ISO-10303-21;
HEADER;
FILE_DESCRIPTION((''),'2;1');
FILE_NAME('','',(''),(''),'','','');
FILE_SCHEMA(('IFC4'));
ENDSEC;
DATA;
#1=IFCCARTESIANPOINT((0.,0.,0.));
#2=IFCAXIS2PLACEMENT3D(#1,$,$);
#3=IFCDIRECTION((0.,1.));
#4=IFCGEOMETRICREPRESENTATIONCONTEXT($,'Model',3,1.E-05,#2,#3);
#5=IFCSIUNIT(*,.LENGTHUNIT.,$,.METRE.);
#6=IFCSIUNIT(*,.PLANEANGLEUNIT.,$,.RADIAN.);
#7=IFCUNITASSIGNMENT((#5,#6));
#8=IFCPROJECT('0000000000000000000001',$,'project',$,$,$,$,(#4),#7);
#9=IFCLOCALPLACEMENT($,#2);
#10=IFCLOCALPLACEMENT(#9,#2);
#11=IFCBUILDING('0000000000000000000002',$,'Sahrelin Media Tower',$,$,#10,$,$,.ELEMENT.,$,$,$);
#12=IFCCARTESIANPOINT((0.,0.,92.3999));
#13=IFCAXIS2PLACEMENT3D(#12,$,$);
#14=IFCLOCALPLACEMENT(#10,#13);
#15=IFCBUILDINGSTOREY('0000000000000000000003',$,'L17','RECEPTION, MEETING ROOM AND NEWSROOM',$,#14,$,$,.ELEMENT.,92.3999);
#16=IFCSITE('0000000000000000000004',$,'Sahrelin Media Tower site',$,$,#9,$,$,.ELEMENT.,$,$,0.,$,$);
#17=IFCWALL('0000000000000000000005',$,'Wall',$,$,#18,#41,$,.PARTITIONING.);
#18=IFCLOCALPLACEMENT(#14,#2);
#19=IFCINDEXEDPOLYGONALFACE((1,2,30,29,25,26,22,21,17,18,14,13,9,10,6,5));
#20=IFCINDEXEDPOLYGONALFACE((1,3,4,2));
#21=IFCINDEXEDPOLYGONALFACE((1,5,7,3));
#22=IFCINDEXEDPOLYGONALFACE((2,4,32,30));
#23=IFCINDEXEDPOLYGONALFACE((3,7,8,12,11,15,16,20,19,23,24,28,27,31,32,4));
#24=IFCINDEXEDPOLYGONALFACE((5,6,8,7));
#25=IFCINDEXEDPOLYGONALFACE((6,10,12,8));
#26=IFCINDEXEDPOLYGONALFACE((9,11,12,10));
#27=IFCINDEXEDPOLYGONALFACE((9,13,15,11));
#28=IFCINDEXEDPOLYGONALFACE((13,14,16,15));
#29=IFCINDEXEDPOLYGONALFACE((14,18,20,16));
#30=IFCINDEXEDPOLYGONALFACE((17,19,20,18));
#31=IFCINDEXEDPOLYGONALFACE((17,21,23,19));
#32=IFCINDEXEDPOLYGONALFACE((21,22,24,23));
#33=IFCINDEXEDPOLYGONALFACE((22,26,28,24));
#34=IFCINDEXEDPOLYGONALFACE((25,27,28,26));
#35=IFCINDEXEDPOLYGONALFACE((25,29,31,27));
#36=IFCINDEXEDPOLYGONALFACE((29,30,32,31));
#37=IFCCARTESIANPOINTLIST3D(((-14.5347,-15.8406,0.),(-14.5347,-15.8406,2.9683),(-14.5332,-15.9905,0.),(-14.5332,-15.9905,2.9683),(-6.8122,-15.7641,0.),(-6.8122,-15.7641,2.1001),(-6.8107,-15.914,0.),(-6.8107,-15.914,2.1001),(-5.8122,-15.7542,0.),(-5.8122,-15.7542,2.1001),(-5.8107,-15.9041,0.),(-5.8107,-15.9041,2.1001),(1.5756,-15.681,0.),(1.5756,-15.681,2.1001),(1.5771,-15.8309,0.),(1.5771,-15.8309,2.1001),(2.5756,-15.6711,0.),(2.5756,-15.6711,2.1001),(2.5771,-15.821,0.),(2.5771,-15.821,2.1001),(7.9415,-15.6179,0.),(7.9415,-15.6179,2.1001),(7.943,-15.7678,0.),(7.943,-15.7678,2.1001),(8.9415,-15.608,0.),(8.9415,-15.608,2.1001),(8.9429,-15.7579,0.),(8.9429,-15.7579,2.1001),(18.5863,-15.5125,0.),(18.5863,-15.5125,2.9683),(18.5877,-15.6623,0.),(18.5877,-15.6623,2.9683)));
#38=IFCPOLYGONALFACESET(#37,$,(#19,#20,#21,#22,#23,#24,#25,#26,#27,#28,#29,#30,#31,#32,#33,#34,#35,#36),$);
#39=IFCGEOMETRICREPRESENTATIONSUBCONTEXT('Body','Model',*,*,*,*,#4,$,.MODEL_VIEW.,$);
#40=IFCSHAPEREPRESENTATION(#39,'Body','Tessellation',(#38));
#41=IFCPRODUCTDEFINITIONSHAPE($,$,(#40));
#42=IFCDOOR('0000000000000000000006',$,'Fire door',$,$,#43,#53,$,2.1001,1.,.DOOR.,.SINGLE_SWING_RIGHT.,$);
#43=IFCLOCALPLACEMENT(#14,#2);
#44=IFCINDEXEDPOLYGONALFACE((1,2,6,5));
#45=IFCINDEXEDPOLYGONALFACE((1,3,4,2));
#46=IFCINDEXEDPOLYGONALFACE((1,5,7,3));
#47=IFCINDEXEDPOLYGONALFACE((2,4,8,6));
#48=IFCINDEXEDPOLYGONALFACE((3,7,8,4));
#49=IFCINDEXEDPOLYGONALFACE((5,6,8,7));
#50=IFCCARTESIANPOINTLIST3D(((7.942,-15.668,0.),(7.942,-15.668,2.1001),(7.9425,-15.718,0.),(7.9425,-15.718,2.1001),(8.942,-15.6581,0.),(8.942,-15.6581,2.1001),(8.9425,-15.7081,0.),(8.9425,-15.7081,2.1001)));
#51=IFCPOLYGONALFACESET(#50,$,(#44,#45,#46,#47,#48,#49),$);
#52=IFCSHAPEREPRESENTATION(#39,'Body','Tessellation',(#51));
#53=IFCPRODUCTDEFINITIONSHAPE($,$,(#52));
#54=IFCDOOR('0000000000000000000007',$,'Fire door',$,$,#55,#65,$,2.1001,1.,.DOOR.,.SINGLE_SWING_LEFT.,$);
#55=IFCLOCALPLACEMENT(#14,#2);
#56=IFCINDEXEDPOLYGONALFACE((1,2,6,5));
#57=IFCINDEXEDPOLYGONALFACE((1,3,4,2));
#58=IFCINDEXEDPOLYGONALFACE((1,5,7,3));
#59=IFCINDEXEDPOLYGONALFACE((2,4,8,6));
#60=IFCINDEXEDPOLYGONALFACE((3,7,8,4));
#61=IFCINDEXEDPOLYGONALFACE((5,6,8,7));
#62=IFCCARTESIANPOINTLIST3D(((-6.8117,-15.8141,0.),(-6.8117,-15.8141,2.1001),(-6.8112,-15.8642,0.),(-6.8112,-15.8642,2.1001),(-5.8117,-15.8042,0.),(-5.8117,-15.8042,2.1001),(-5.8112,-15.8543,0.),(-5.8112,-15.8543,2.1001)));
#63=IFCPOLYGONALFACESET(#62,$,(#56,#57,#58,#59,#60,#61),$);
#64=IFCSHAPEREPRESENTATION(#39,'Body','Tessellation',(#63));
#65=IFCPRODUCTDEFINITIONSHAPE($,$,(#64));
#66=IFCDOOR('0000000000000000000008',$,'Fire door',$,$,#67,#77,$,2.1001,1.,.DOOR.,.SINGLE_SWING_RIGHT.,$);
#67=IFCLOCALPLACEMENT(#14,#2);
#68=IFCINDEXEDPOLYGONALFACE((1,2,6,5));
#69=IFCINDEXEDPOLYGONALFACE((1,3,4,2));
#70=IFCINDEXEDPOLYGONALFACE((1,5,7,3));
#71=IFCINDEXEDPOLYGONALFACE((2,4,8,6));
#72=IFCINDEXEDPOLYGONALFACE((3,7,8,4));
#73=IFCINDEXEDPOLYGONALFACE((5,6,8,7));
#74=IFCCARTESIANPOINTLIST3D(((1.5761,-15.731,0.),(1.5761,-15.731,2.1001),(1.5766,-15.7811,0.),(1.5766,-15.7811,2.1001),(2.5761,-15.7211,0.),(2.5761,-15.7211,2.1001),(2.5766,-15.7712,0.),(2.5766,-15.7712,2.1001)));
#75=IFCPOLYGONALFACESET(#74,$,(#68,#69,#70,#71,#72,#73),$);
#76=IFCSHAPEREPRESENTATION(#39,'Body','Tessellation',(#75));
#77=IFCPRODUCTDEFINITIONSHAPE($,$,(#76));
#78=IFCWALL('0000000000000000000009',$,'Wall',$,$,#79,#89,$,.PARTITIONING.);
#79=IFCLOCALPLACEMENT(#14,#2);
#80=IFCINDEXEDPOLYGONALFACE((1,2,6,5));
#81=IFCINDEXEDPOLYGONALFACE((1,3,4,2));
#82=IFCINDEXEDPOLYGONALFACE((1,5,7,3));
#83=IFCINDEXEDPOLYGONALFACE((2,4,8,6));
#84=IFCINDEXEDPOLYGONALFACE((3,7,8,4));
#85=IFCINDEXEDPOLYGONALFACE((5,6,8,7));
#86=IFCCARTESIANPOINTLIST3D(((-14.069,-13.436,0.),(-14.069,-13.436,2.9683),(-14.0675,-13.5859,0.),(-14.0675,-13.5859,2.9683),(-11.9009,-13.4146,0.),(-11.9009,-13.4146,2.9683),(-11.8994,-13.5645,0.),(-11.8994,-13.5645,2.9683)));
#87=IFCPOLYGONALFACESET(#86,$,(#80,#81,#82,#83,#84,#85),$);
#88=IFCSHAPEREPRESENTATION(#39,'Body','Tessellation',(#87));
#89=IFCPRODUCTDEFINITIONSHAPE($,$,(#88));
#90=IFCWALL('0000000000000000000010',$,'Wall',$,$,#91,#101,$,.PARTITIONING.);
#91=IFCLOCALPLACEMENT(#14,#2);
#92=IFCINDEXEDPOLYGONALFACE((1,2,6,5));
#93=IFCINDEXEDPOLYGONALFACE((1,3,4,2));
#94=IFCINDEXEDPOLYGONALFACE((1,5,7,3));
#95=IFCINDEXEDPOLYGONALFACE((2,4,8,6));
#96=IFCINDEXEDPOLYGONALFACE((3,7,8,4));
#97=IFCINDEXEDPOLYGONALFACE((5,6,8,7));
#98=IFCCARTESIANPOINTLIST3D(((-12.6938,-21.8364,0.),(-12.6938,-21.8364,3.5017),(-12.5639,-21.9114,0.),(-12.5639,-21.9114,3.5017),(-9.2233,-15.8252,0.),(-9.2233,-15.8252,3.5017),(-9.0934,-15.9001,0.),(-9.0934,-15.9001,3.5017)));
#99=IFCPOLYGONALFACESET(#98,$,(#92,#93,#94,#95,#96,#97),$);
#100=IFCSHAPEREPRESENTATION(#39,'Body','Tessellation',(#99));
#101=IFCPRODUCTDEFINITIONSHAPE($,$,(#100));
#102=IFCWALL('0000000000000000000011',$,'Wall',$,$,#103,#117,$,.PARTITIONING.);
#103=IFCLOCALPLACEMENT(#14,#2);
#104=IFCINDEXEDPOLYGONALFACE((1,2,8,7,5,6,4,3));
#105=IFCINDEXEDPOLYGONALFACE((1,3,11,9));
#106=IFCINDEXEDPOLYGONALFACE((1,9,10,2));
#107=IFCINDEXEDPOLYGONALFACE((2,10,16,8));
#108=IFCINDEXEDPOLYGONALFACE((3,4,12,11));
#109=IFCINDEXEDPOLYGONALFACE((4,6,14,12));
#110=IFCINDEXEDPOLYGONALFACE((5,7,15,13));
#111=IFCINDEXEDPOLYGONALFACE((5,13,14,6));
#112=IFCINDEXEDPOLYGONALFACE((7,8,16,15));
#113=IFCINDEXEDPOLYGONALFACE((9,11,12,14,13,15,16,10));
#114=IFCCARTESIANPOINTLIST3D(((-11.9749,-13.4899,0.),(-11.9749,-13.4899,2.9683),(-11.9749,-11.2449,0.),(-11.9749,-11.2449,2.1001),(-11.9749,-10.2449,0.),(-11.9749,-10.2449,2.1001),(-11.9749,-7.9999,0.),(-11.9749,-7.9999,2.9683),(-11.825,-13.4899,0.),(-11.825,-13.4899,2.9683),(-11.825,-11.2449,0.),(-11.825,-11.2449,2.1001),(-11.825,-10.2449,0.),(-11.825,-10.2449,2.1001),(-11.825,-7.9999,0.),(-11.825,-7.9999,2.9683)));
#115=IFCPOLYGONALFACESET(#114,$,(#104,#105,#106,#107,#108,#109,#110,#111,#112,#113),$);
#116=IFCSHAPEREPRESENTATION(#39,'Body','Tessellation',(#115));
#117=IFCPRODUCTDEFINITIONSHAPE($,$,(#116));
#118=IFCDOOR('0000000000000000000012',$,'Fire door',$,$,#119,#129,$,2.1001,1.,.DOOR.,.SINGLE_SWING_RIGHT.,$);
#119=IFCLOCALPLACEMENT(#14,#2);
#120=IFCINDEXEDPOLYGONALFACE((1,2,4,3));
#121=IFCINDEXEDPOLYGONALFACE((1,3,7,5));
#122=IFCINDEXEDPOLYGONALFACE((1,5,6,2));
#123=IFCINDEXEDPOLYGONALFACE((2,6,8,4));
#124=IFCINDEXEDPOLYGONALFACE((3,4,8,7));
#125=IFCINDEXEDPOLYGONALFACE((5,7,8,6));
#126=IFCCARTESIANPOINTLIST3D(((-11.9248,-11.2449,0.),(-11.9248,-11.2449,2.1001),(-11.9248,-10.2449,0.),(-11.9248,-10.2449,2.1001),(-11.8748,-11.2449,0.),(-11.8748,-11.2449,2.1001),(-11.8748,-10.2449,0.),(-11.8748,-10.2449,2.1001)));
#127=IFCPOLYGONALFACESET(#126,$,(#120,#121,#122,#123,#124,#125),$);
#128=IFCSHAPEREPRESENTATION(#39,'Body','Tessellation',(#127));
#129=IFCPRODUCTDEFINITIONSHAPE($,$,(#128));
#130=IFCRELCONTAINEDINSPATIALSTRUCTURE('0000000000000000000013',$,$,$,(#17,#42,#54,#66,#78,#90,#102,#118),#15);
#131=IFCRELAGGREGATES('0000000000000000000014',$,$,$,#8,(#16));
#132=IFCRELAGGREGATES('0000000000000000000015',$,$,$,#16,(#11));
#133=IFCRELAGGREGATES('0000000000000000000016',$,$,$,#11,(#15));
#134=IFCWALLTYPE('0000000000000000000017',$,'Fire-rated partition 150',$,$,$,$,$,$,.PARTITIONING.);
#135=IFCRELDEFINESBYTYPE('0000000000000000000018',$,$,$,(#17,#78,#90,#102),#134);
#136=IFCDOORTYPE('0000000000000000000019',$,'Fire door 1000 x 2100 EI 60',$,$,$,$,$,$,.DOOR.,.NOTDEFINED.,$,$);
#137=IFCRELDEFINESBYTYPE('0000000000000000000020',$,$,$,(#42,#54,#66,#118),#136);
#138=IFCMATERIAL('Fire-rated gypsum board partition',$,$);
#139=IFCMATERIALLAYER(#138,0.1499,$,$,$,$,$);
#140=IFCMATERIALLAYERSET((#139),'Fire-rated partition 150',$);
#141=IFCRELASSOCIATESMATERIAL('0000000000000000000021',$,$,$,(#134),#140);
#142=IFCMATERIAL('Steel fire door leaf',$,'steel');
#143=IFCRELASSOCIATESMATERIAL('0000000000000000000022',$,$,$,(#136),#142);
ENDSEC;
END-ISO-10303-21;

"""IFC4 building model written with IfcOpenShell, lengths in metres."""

from ifc_helpers import new_model, si_unit, direction, frame, frame_2d, origin, place, context, subcontext, project, spatial, rectangle, extrude, material, layer, layer_set, type_object, element, fill, save


model = new_model("IFC4")

# Units and contexts
model_context = context("Model", 3, precision=1e-05, world=origin(), true_north=direction((0.0, 1.0)))
body_context = subcontext(model_context, "Body", "Model", "MODEL_VIEW")
ifc_project = project(units=[si_unit("LENGTHUNIT", "METRE"), si_unit("PLANEANGLEUNIT", "RADIAN")], contexts=[model_context])

# Site, building, storey
site_placement = place(None, origin())
site = spatial("IfcSite", under=ifc_project, at=site_placement, Name="Sahrelin Media Tower site", CompositionType="ELEMENT", RefElevation=0.0)
building_placement = place(site_placement, origin())
building = spatial("IfcBuilding", under=site, at=building_placement, Name="Sahrelin Media Tower", CompositionType="ELEMENT")
storey_placement = place(building_placement, frame((0.0, 0.0, 92.3999)))
storey = spatial("IfcBuildingStorey", under=building, at=storey_placement, Name="L17", Description="RECEPTION, MEETING ROOM AND NEWSROOM", CompositionType="ELEMENT", Elevation=92.3999)

# Shared definitions
ifc_material_1 = material(Name="Fire-rated gypsum board partition")
ifc_layer_1 = layer(ifc_material_1, 0.1499)
ifc_layer_set_1 = layer_set([ifc_layer_1], Name="Fire-rated partition 150")
wall_type_1 = type_object("IfcWallType", Name="Fire-rated partition 150", PredefinedType="PARTITIONING", material=ifc_layer_set_1)

# Wall, openings, doors
wall_1_placement = place(storey_placement, frame((-14.5339, -15.9155, 0.0), z_axis=(0.0, 0.0, 1.0), x_axis=(0.999951, 0.009906, 0.0)))
wall_1 = element("IfcWall", 1, at=wall_1_placement, inside=storey, type_object=wall_type_1, Name="Wall", PredefinedType="PARTITIONING", context=body_context, shape_type="SweptSolid", body=[
    extrude(rectangle(XDim=33.1226, YDim=0.1499, at=frame_2d((16.5613, 0.0))), origin(), (0.0, 0.0, 1.0), 2.9683),
])
opening_1_placement = place(wall_1_placement, frame((22.4773, 0.0, 0.0)))
opening_1 = element("IfcOpeningElement", 2, at=opening_1_placement, cuts=wall_1, PredefinedType="OPENING", context=body_context, shape_type="SweptSolid", body=[
    extrude(rectangle(XDim=1.0, YDim=2.1001, at=frame_2d((0.5, 1.05))), frame((0.0, 0.075, 0.0), z_axis=(0.0, -1.0, 0.0), x_axis=(1.0, 0.0, 0.0)), (0.0, 0.0, 1.0), 0.1499),
])
opening_2_placement = place(wall_1_placement, frame((7.7229, 0.0, 0.0)))
opening_2 = element("IfcOpeningElement", 3, at=opening_2_placement, cuts=wall_1, PredefinedType="OPENING", context=body_context, shape_type="SweptSolid", body=[
    extrude(rectangle(XDim=1.0, YDim=2.1001, at=frame_2d((0.5, 1.05))), frame((0.0, 0.075, 0.0), z_axis=(0.0, -1.0, 0.0), x_axis=(1.0, 0.0, 0.0)), (0.0, 0.0, 1.0), 0.1499),
])
opening_3_placement = place(wall_1_placement, frame((16.1111, 0.0, 0.0)))
opening_3 = element("IfcOpeningElement", 4, at=opening_3_placement, cuts=wall_1, PredefinedType="OPENING", context=body_context, shape_type="SweptSolid", body=[
    extrude(rectangle(XDim=1.0, YDim=2.1001, at=frame_2d((0.5, 1.05))), frame((0.0, 0.075, 0.0), z_axis=(0.0, -1.0, 0.0), x_axis=(1.0, 0.0, 0.0)), (0.0, 0.0, 1.0), 0.1499),
])
ifc_material_2 = material(Name="Steel fire door leaf", Category="steel")
door_type_1 = type_object("IfcDoorType", Name="Fire door 1000 x 2100 EI 60", OperationType="NOTDEFINED", PredefinedType="DOOR", material=ifc_material_2)
door_1_placement = place(opening_1_placement, origin())
door_1 = element("IfcDoor", 5, at=door_1_placement, inside=storey, type_object=door_type_1, Name="Fire door", OperationType="SINGLE_SWING_RIGHT", OverallHeight=2.1001, OverallWidth=1.0, PredefinedType="DOOR", context=body_context, shape_type="SweptSolid", body=[
    extrude(rectangle(XDim=1.0, YDim=2.1001, at=frame_2d((0.5, 1.05))), frame((0.0, 0.0249, 0.0), z_axis=(0.0, -1.0, 0.0), x_axis=(1.0, 0.0, 0.0)), (0.0, 0.0, 1.0), 0.05),
])
fill(opening_1, door_1)
door_2_placement = place(opening_2_placement, origin())
door_2 = element("IfcDoor", 6, at=door_2_placement, inside=storey, type_object=door_type_1, Name="Fire door", OperationType="SINGLE_SWING_LEFT", OverallHeight=2.1001, OverallWidth=1.0, PredefinedType="DOOR", context=body_context, shape_type="SweptSolid", body=[
    extrude(rectangle(XDim=1.0, YDim=2.1001, at=frame_2d((0.5, 1.05))), frame((0.0, 0.0249, 0.0), z_axis=(0.0, -1.0, 0.0), x_axis=(1.0, 0.0, 0.0)), (0.0, 0.0, 1.0), 0.05),
])
fill(opening_2, door_2)
door_3_placement = place(opening_3_placement, origin())
door_3 = element("IfcDoor", 7, at=door_3_placement, inside=storey, type_object=door_type_1, Name="Fire door", OperationType="SINGLE_SWING_RIGHT", OverallHeight=2.1001, OverallWidth=1.0, PredefinedType="DOOR", context=body_context, shape_type="SweptSolid", body=[
    extrude(rectangle(XDim=1.0, YDim=2.1001, at=frame_2d((0.5, 1.05))), frame((0.0, 0.0249, 0.0), z_axis=(0.0, -1.0, 0.0), x_axis=(1.0, 0.0, 0.0)), (0.0, 0.0, 1.0), 0.05),
])
fill(opening_3, door_3)

# Walls
wall_2_placement = place(storey_placement, frame((-14.0681, -13.511, 0.0), z_axis=(0.0, 0.0, 1.0), x_axis=(0.999951, 0.009908, 0.0)))
element("IfcWall", 8, at=wall_2_placement, inside=storey, type_object=wall_type_1, Name="Wall", PredefinedType="PARTITIONING", context=body_context, shape_type="SweptSolid", body=[
    extrude(rectangle(XDim=2.1682, YDim=0.1499, at=frame_2d((1.084, 0.0))), origin(), (0.0, 0.0, 1.0), 2.9683),
])
wall_3_placement = place(storey_placement, frame((-12.6289, -21.874, 0.0), z_axis=(0.0, 0.0, 1.0), x_axis=(0.499986, 0.866033, 0.0)))
element("IfcWall", 9, at=wall_3_placement, inside=storey, type_object=wall_type_1, Name="Wall", PredefinedType="PARTITIONING", context=body_context, shape_type="SweptSolid", body=[
    extrude(rectangle(XDim=6.9412, YDim=0.1499, at=frame_2d((3.4707, 0.0))), origin(), (0.0, 0.0, 1.0), 3.5017),
])

# Wall, opening, door
wall_4_placement = place(storey_placement, frame((-11.8999, -13.49, 0.0), z_axis=(0.0, 0.0, 1.0), x_axis=(0.0, 1.0, 0.0)))
wall_4 = element("IfcWall", 10, at=wall_4_placement, inside=storey, type_object=wall_type_1, Name="Wall", PredefinedType="PARTITIONING", context=body_context, shape_type="SweptSolid", body=[
    extrude(rectangle(XDim=5.49, YDim=0.1499, at=frame_2d((2.7451, 0.0))), origin(), (0.0, 0.0, 1.0), 2.9683),
])
opening_4_placement = place(wall_4_placement, frame((2.2451, 0.0, 0.0)))
opening_4 = element("IfcOpeningElement", 11, at=opening_4_placement, cuts=wall_4, PredefinedType="OPENING", context=body_context, shape_type="SweptSolid", body=[
    extrude(rectangle(XDim=1.0, YDim=2.1001, at=frame_2d((0.5, 1.05))), frame((0.0, 0.075, 0.0), z_axis=(0.0, -1.0, 0.0), x_axis=(1.0, 0.0, 0.0)), (0.0, 0.0, 1.0), 0.1499),
])
door_4_placement = place(opening_4_placement, origin())
door_4 = element("IfcDoor", 12, at=door_4_placement, inside=storey, type_object=door_type_1, Name="Fire door", OperationType="SINGLE_SWING_RIGHT", OverallHeight=2.1001, OverallWidth=1.0, PredefinedType="DOOR", context=body_context, shape_type="SweptSolid", body=[
    extrude(rectangle(XDim=1.0, YDim=2.1001, at=frame_2d((0.5, 1.05))), frame((0.0, 0.0249, 0.0), z_axis=(0.0, -1.0, 0.0), x_axis=(1.0, 0.0, 0.0)), (0.0, 0.0, 1.0), 0.05),
])
fill(opening_4, door_4)

save(model, "model.ifc")
